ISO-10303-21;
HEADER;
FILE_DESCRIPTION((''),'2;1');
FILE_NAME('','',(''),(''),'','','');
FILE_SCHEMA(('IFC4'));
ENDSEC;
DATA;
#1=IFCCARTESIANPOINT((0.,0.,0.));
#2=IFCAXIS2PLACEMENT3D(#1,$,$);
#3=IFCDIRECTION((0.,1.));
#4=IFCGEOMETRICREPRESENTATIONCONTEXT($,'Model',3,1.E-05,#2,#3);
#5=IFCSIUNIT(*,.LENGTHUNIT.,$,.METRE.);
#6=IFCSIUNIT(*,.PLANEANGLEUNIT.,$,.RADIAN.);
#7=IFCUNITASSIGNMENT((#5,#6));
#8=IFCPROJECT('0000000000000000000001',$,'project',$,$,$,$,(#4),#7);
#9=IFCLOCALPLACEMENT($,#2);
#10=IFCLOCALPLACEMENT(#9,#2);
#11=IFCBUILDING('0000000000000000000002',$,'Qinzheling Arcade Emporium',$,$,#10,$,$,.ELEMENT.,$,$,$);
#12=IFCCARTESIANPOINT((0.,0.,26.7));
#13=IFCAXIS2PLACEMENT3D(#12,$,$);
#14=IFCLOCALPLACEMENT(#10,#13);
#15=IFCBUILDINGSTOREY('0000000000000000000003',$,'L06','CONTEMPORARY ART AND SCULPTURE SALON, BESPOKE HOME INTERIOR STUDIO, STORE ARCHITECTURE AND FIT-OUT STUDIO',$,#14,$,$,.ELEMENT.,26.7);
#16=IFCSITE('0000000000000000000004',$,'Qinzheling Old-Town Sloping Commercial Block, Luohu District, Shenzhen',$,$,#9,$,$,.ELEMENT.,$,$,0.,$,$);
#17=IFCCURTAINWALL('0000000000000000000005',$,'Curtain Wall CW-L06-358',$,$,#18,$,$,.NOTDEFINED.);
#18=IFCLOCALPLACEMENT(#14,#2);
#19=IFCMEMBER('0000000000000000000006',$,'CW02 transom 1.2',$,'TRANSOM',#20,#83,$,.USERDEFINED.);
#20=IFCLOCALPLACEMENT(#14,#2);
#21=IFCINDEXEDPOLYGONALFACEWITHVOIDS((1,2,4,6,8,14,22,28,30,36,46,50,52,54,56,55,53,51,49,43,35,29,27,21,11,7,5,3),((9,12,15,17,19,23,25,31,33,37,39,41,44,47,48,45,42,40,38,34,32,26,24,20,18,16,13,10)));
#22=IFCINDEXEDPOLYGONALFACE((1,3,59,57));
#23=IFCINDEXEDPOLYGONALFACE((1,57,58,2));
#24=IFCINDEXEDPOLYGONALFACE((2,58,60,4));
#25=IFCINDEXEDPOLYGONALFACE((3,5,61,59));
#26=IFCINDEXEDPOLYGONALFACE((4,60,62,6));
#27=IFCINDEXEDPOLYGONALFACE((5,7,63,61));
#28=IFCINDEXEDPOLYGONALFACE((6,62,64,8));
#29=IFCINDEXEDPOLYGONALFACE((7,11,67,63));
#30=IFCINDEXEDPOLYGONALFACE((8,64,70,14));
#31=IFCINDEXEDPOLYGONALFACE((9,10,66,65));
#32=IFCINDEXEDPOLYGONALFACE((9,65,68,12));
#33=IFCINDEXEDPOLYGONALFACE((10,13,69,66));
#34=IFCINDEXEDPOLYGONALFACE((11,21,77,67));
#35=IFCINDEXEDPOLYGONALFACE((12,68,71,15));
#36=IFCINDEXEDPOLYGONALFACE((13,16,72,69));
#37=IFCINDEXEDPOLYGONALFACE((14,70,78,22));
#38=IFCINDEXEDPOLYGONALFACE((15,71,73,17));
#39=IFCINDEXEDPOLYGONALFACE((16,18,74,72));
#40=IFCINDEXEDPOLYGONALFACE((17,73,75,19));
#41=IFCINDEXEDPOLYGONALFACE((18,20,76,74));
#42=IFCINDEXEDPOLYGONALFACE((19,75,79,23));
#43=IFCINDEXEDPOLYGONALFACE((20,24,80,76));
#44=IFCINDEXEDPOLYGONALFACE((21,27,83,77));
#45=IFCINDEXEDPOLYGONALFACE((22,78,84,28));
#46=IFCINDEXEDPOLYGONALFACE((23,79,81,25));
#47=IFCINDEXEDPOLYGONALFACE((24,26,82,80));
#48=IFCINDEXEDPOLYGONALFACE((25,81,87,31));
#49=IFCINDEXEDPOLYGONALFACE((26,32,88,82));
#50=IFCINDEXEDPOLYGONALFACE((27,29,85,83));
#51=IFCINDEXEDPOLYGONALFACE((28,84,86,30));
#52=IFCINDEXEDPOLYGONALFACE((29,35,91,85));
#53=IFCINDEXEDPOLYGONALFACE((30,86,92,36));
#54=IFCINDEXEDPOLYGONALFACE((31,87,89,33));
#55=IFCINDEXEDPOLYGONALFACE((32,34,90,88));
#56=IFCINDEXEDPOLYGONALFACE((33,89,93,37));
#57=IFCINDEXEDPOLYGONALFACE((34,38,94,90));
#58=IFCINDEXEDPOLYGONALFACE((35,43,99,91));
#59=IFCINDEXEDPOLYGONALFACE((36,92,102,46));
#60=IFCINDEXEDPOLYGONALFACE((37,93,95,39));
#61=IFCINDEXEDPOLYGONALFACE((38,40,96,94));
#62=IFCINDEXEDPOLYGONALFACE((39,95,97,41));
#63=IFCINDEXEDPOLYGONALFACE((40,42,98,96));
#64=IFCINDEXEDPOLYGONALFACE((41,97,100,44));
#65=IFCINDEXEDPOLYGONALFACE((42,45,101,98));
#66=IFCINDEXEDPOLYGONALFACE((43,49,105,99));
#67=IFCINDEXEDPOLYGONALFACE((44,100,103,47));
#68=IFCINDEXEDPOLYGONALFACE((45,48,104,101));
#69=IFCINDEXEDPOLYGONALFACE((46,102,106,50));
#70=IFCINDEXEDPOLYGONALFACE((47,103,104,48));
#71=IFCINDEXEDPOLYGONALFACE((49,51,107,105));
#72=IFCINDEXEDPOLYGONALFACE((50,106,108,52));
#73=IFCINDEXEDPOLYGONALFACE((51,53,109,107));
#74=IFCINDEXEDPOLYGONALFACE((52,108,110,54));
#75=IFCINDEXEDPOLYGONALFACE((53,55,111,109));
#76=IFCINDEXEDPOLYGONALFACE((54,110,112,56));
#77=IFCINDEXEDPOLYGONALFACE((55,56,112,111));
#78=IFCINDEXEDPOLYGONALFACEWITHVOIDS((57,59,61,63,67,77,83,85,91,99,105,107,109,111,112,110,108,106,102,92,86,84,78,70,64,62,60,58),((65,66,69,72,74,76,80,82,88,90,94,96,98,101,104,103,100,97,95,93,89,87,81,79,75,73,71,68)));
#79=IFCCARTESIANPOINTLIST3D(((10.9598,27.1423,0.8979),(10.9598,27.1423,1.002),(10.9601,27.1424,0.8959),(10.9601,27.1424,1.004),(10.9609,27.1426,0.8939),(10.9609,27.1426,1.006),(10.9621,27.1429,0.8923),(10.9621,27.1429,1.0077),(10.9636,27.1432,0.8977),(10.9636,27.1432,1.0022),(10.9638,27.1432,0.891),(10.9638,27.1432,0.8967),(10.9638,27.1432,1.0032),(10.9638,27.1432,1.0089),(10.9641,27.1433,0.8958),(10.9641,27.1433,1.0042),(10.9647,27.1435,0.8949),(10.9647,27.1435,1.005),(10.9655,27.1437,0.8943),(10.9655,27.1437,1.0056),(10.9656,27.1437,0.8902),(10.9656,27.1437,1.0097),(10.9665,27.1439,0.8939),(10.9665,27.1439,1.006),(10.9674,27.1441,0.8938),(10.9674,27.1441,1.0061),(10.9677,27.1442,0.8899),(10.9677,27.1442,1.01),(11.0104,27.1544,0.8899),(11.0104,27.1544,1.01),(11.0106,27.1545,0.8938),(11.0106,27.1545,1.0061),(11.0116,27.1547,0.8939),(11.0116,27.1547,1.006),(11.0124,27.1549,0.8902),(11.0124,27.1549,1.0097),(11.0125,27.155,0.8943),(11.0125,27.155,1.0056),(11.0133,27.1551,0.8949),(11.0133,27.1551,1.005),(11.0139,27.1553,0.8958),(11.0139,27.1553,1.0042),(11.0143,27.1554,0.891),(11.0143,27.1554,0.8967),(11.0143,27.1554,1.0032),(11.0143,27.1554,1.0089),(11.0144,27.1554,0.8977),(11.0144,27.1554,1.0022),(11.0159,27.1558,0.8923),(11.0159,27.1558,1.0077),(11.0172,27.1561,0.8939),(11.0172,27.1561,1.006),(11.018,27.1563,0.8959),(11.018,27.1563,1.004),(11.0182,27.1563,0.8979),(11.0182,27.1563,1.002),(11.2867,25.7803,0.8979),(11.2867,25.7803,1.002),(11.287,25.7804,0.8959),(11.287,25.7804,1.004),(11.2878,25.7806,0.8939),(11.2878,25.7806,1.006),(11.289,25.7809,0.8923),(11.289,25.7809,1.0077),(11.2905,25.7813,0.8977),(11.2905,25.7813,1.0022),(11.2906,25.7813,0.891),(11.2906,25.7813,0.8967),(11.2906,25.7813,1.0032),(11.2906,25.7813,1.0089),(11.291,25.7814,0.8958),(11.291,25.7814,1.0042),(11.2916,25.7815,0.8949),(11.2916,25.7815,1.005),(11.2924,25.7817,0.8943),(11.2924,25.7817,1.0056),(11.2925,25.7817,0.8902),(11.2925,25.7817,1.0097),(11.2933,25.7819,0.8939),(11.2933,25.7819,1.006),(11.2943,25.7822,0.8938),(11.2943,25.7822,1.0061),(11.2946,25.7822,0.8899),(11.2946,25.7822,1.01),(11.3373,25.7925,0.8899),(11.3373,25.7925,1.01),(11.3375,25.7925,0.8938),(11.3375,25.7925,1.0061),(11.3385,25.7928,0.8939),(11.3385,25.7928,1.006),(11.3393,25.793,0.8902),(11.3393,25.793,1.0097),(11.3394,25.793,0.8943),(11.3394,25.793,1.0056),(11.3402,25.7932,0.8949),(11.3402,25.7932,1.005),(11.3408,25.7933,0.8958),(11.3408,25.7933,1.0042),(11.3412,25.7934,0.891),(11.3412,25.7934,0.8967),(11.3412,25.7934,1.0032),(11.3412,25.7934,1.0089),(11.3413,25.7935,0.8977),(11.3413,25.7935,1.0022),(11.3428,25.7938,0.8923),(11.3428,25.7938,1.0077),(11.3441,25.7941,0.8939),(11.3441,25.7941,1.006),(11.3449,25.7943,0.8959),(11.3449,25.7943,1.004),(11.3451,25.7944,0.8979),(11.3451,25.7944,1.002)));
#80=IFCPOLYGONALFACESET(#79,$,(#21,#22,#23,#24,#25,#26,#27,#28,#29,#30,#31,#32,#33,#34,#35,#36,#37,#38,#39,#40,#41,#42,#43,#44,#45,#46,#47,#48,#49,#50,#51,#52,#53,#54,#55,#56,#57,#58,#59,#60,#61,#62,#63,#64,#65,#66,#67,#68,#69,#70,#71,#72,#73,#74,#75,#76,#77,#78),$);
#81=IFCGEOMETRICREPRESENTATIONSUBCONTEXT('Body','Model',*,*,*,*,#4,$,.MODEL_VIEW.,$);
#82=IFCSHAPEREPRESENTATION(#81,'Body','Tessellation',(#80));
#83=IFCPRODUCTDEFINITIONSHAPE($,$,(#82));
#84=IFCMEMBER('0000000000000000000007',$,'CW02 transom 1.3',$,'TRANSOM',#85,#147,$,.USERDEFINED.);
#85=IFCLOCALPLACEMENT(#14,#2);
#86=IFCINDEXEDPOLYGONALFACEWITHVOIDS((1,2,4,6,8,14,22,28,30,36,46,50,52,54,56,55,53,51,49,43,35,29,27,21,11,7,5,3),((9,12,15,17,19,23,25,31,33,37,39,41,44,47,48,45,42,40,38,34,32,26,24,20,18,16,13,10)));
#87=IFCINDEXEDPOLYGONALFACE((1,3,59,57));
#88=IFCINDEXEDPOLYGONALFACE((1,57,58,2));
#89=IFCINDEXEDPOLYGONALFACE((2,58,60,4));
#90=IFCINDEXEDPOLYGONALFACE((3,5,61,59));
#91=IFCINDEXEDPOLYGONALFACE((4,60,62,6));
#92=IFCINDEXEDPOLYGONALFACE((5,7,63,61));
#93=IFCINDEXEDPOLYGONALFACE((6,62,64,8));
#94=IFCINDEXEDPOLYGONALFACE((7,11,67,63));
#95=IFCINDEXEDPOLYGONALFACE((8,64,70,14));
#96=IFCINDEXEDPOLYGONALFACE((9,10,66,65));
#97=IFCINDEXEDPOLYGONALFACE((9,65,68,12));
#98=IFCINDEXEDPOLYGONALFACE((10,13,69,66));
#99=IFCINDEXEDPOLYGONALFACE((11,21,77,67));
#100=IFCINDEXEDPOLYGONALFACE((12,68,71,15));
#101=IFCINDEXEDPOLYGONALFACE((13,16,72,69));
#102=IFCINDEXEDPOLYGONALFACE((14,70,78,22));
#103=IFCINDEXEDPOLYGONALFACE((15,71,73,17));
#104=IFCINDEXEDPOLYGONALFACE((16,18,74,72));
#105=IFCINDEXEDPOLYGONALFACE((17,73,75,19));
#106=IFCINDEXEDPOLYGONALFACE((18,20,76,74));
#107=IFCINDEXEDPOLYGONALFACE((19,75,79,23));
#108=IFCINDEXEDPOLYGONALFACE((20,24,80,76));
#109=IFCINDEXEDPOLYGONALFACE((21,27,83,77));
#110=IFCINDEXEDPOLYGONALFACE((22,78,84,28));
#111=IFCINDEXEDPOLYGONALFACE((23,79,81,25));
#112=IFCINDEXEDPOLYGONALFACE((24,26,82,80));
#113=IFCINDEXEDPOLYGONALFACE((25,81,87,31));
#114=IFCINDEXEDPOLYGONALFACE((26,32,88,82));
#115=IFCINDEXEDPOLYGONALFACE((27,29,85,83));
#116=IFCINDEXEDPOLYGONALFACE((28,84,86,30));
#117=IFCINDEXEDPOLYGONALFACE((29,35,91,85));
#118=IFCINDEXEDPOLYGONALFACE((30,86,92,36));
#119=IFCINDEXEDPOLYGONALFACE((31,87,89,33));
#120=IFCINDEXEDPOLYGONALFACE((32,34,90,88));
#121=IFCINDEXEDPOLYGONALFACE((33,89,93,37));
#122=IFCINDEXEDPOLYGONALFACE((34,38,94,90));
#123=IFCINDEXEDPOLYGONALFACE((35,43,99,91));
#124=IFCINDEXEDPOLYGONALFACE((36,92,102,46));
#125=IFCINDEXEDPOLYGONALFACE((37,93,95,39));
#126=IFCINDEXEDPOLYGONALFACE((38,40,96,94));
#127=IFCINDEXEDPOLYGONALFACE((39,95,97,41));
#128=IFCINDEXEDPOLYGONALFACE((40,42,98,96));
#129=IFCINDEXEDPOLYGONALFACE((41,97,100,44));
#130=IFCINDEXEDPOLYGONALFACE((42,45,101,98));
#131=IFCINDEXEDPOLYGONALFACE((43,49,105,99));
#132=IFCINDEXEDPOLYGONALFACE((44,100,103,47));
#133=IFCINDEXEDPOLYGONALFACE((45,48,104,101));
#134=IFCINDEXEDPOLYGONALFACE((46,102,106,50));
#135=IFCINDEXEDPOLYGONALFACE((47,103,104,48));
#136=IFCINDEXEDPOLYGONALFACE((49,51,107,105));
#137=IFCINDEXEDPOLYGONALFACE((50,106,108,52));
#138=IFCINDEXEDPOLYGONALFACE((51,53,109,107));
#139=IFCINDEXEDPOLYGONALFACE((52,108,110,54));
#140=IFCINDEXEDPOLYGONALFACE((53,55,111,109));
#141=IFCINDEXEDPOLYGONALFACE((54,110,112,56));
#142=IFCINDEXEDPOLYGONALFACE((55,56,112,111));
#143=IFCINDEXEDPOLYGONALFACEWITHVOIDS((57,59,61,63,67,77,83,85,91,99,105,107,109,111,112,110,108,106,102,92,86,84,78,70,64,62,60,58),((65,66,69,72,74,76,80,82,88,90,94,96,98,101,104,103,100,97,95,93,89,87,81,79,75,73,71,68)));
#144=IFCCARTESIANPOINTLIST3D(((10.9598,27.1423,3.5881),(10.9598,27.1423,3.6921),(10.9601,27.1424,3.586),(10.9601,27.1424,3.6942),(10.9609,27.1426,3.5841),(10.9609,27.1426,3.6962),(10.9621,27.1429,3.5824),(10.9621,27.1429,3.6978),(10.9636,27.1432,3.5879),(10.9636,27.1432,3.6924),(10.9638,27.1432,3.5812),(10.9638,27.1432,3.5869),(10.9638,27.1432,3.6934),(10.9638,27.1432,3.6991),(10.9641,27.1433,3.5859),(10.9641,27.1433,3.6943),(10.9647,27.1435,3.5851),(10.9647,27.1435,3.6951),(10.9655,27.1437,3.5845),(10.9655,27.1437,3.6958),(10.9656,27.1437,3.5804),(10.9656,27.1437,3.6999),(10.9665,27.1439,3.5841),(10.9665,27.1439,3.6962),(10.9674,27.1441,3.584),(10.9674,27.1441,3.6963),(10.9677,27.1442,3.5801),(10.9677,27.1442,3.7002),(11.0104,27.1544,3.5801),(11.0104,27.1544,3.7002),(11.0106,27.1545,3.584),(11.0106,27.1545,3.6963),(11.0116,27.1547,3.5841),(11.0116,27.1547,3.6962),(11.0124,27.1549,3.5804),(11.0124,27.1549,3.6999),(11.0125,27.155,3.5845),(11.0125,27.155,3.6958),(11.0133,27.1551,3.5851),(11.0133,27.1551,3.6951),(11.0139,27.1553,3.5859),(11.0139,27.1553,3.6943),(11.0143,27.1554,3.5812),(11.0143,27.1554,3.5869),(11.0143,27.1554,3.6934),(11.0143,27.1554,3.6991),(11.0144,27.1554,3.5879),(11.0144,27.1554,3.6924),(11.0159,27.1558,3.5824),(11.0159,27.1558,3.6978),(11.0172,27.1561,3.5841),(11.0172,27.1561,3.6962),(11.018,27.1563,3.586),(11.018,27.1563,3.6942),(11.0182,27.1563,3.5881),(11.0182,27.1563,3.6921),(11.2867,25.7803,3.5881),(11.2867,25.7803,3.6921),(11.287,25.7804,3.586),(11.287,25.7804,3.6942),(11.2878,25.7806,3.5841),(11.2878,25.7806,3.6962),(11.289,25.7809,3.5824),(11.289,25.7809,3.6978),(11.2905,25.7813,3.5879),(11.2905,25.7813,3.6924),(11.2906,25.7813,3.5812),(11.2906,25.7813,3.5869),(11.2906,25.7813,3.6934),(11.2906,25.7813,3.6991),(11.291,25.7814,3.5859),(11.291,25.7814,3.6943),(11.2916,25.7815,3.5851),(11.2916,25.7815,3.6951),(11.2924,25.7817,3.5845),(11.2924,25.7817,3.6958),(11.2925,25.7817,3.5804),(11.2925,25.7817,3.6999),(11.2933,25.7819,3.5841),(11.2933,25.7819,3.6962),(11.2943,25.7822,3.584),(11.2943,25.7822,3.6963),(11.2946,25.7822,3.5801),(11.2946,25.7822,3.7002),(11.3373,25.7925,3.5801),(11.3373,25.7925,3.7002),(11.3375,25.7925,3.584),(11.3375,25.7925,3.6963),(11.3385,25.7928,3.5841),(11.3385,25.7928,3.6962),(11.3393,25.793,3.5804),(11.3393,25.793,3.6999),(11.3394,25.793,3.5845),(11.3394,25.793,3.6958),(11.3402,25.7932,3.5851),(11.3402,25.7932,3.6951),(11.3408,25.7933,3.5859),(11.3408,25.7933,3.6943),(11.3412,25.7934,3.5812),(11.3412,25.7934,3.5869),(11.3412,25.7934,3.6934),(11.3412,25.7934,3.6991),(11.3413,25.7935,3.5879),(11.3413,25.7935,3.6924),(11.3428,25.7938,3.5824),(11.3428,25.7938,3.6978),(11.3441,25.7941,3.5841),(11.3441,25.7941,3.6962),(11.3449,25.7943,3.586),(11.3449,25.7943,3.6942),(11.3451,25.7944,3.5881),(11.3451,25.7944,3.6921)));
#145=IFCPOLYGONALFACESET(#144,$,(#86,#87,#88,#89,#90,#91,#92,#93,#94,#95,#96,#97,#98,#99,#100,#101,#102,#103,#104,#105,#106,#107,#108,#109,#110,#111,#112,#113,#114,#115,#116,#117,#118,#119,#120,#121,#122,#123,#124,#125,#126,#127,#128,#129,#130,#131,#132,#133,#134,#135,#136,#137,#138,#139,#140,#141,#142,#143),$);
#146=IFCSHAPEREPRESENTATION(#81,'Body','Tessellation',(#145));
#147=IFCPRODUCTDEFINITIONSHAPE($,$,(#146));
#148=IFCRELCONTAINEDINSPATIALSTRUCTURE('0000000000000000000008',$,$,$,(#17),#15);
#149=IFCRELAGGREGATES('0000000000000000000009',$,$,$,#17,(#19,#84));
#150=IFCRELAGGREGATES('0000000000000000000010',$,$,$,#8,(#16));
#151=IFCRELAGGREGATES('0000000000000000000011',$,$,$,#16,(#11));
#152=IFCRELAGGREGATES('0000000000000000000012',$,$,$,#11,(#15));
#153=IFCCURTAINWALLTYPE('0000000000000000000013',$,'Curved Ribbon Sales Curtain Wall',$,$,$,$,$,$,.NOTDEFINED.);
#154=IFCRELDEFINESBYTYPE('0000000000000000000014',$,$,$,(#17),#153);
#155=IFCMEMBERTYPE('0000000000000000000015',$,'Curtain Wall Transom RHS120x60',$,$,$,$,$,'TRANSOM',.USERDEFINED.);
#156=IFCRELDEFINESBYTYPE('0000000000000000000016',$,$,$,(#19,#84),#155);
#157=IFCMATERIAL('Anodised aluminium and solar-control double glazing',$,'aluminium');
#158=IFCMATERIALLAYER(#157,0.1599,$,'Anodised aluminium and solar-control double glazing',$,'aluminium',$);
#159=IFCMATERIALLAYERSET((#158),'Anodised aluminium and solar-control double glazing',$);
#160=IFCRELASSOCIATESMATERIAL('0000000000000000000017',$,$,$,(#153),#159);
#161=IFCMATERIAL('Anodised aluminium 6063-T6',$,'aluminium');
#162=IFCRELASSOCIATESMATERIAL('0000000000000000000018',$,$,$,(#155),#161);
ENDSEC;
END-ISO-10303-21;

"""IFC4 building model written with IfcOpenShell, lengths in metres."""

from ifc_helpers import new_model, si_unit, direction, frame, origin, origin_2d, place, context, subcontext, project, spatial, hollow_rectangle, extrude, material, layer, layer_set, material_profile, profile_set, type_object, element, aggregate, save


model = new_model("IFC4")

# Units and contexts
model_context = context("Model", 3, precision=1e-05, world=origin(), true_north=direction((0.0, 1.0)))
body_context = subcontext(model_context, "Body", "Model", "MODEL_VIEW")
ifc_project = project(units=[si_unit("LENGTHUNIT", "METRE"), si_unit("PLANEANGLEUNIT", "RADIAN")], contexts=[model_context])

# Site, building, storey
site_placement = place(None, origin())
site = spatial("IfcSite", under=ifc_project, at=site_placement, Name="Qinzheling Old-Town Sloping Commercial Block, Luohu District, Shenzhen", CompositionType="ELEMENT", RefElevation=0.0)
building_placement = place(site_placement, origin())
building = spatial("IfcBuilding", under=site, at=building_placement, Name="Qinzheling Arcade Emporium", CompositionType="ELEMENT")
storey_placement = place(building_placement, frame((0.0, 0.0, 26.7)))
storey = spatial("IfcBuildingStorey", under=building, at=storey_placement, Name="L06", Description="CONTEMPORARY ART AND SCULPTURE SALON, BESPOKE HOME INTERIOR STUDIO, STORE ARCHITECTURE AND FIT-OUT STUDIO", CompositionType="ELEMENT", Elevation=26.7)

# Shared definitions
ifc_material_1 = material(Name="Anodised aluminium and solar-control double glazing", Category="aluminium")
ifc_layer_1 = layer(ifc_material_1, 0.1599, Name="Anodised aluminium and solar-control double glazing", Category="aluminium")
ifc_layer_set_1 = layer_set([ifc_layer_1], Name="Anodised aluminium and solar-control double glazing")
curtain_wall_type = type_object("IfcCurtainWallType", Name="Curved Ribbon Sales Curtain Wall", PredefinedType="NOTDEFINED", material=ifc_layer_set_1)
ifc_material_2 = material(Name="Anodised aluminium 6063-T6", Category="aluminium")

# Curtain wall
curtain_wall_1_placement = place(storey_placement, origin())
curtain_wall_1 = element("IfcCurtainWall", 1, at=curtain_wall_1_placement, inside=storey, type_object=curtain_wall_type, Name="Curtain Wall CW-L06-358", PredefinedType="NOTDEFINED")

# Members
ifc_material_profile_1 = material_profile(ifc_material_2, hollow_rectangle(XDim=0.0601, YDim=0.1201, WallThickness=0.0039, InnerFilletRadius=0.0039, OuterFilletRadius=0.0081, at=origin_2d()), Name="RHS 120x60x4", Category="aluminium")
ifc_profile_set_1 = profile_set([ifc_material_profile_1], Name="Anodised aluminium 6063-T6")
member_type_1 = type_object("IfcMemberType", Name="Curtain Wall Transom RHS120x60", ElementType="TRANSOM", PredefinedType="USERDEFINED", material=ifc_profile_set_1)
member_1_placement = place(storey_placement, frame((11.3159, 25.7874, 0.95), z_axis=(-0.23338, 0.972386, 0.0), x_axis=(-0.972386, -0.23338, 0.0)))
member_1 = element("IfcMember", 2, at=member_1_placement, type_object=member_type_1, Name="CW02 transom 1.2", ObjectType="TRANSOM", PredefinedType="USERDEFINED", context=body_context, shape_type="SweptSolid", body=[
    extrude(hollow_rectangle(XDim=0.0601, YDim=0.1201, WallThickness=0.0039, InnerFilletRadius=0.0039, OuterFilletRadius=0.0081, at=origin_2d()), origin(), (0.0, 0.0, 1.0), 1.4006),
])
member_2_placement = place(storey_placement, frame((11.3159, 25.7874, 3.6401), z_axis=(-0.23338, 0.972386, 0.0), x_axis=(-0.972386, -0.23338, 0.0)))
member_2 = element("IfcMember", 3, at=member_2_placement, type_object=member_type_1, Name="CW02 transom 1.3", ObjectType="TRANSOM", PredefinedType="USERDEFINED", context=body_context, shape_type="SweptSolid", body=[
    extrude(hollow_rectangle(XDim=0.0601, YDim=0.1201, WallThickness=0.0039, InnerFilletRadius=0.0039, OuterFilletRadius=0.0081, at=origin_2d()), origin(), (0.0, 0.0, 1.0), 1.4006),
])

aggregate(curtain_wall_1, [member_1, member_2])

save(model, "model.ifc")
